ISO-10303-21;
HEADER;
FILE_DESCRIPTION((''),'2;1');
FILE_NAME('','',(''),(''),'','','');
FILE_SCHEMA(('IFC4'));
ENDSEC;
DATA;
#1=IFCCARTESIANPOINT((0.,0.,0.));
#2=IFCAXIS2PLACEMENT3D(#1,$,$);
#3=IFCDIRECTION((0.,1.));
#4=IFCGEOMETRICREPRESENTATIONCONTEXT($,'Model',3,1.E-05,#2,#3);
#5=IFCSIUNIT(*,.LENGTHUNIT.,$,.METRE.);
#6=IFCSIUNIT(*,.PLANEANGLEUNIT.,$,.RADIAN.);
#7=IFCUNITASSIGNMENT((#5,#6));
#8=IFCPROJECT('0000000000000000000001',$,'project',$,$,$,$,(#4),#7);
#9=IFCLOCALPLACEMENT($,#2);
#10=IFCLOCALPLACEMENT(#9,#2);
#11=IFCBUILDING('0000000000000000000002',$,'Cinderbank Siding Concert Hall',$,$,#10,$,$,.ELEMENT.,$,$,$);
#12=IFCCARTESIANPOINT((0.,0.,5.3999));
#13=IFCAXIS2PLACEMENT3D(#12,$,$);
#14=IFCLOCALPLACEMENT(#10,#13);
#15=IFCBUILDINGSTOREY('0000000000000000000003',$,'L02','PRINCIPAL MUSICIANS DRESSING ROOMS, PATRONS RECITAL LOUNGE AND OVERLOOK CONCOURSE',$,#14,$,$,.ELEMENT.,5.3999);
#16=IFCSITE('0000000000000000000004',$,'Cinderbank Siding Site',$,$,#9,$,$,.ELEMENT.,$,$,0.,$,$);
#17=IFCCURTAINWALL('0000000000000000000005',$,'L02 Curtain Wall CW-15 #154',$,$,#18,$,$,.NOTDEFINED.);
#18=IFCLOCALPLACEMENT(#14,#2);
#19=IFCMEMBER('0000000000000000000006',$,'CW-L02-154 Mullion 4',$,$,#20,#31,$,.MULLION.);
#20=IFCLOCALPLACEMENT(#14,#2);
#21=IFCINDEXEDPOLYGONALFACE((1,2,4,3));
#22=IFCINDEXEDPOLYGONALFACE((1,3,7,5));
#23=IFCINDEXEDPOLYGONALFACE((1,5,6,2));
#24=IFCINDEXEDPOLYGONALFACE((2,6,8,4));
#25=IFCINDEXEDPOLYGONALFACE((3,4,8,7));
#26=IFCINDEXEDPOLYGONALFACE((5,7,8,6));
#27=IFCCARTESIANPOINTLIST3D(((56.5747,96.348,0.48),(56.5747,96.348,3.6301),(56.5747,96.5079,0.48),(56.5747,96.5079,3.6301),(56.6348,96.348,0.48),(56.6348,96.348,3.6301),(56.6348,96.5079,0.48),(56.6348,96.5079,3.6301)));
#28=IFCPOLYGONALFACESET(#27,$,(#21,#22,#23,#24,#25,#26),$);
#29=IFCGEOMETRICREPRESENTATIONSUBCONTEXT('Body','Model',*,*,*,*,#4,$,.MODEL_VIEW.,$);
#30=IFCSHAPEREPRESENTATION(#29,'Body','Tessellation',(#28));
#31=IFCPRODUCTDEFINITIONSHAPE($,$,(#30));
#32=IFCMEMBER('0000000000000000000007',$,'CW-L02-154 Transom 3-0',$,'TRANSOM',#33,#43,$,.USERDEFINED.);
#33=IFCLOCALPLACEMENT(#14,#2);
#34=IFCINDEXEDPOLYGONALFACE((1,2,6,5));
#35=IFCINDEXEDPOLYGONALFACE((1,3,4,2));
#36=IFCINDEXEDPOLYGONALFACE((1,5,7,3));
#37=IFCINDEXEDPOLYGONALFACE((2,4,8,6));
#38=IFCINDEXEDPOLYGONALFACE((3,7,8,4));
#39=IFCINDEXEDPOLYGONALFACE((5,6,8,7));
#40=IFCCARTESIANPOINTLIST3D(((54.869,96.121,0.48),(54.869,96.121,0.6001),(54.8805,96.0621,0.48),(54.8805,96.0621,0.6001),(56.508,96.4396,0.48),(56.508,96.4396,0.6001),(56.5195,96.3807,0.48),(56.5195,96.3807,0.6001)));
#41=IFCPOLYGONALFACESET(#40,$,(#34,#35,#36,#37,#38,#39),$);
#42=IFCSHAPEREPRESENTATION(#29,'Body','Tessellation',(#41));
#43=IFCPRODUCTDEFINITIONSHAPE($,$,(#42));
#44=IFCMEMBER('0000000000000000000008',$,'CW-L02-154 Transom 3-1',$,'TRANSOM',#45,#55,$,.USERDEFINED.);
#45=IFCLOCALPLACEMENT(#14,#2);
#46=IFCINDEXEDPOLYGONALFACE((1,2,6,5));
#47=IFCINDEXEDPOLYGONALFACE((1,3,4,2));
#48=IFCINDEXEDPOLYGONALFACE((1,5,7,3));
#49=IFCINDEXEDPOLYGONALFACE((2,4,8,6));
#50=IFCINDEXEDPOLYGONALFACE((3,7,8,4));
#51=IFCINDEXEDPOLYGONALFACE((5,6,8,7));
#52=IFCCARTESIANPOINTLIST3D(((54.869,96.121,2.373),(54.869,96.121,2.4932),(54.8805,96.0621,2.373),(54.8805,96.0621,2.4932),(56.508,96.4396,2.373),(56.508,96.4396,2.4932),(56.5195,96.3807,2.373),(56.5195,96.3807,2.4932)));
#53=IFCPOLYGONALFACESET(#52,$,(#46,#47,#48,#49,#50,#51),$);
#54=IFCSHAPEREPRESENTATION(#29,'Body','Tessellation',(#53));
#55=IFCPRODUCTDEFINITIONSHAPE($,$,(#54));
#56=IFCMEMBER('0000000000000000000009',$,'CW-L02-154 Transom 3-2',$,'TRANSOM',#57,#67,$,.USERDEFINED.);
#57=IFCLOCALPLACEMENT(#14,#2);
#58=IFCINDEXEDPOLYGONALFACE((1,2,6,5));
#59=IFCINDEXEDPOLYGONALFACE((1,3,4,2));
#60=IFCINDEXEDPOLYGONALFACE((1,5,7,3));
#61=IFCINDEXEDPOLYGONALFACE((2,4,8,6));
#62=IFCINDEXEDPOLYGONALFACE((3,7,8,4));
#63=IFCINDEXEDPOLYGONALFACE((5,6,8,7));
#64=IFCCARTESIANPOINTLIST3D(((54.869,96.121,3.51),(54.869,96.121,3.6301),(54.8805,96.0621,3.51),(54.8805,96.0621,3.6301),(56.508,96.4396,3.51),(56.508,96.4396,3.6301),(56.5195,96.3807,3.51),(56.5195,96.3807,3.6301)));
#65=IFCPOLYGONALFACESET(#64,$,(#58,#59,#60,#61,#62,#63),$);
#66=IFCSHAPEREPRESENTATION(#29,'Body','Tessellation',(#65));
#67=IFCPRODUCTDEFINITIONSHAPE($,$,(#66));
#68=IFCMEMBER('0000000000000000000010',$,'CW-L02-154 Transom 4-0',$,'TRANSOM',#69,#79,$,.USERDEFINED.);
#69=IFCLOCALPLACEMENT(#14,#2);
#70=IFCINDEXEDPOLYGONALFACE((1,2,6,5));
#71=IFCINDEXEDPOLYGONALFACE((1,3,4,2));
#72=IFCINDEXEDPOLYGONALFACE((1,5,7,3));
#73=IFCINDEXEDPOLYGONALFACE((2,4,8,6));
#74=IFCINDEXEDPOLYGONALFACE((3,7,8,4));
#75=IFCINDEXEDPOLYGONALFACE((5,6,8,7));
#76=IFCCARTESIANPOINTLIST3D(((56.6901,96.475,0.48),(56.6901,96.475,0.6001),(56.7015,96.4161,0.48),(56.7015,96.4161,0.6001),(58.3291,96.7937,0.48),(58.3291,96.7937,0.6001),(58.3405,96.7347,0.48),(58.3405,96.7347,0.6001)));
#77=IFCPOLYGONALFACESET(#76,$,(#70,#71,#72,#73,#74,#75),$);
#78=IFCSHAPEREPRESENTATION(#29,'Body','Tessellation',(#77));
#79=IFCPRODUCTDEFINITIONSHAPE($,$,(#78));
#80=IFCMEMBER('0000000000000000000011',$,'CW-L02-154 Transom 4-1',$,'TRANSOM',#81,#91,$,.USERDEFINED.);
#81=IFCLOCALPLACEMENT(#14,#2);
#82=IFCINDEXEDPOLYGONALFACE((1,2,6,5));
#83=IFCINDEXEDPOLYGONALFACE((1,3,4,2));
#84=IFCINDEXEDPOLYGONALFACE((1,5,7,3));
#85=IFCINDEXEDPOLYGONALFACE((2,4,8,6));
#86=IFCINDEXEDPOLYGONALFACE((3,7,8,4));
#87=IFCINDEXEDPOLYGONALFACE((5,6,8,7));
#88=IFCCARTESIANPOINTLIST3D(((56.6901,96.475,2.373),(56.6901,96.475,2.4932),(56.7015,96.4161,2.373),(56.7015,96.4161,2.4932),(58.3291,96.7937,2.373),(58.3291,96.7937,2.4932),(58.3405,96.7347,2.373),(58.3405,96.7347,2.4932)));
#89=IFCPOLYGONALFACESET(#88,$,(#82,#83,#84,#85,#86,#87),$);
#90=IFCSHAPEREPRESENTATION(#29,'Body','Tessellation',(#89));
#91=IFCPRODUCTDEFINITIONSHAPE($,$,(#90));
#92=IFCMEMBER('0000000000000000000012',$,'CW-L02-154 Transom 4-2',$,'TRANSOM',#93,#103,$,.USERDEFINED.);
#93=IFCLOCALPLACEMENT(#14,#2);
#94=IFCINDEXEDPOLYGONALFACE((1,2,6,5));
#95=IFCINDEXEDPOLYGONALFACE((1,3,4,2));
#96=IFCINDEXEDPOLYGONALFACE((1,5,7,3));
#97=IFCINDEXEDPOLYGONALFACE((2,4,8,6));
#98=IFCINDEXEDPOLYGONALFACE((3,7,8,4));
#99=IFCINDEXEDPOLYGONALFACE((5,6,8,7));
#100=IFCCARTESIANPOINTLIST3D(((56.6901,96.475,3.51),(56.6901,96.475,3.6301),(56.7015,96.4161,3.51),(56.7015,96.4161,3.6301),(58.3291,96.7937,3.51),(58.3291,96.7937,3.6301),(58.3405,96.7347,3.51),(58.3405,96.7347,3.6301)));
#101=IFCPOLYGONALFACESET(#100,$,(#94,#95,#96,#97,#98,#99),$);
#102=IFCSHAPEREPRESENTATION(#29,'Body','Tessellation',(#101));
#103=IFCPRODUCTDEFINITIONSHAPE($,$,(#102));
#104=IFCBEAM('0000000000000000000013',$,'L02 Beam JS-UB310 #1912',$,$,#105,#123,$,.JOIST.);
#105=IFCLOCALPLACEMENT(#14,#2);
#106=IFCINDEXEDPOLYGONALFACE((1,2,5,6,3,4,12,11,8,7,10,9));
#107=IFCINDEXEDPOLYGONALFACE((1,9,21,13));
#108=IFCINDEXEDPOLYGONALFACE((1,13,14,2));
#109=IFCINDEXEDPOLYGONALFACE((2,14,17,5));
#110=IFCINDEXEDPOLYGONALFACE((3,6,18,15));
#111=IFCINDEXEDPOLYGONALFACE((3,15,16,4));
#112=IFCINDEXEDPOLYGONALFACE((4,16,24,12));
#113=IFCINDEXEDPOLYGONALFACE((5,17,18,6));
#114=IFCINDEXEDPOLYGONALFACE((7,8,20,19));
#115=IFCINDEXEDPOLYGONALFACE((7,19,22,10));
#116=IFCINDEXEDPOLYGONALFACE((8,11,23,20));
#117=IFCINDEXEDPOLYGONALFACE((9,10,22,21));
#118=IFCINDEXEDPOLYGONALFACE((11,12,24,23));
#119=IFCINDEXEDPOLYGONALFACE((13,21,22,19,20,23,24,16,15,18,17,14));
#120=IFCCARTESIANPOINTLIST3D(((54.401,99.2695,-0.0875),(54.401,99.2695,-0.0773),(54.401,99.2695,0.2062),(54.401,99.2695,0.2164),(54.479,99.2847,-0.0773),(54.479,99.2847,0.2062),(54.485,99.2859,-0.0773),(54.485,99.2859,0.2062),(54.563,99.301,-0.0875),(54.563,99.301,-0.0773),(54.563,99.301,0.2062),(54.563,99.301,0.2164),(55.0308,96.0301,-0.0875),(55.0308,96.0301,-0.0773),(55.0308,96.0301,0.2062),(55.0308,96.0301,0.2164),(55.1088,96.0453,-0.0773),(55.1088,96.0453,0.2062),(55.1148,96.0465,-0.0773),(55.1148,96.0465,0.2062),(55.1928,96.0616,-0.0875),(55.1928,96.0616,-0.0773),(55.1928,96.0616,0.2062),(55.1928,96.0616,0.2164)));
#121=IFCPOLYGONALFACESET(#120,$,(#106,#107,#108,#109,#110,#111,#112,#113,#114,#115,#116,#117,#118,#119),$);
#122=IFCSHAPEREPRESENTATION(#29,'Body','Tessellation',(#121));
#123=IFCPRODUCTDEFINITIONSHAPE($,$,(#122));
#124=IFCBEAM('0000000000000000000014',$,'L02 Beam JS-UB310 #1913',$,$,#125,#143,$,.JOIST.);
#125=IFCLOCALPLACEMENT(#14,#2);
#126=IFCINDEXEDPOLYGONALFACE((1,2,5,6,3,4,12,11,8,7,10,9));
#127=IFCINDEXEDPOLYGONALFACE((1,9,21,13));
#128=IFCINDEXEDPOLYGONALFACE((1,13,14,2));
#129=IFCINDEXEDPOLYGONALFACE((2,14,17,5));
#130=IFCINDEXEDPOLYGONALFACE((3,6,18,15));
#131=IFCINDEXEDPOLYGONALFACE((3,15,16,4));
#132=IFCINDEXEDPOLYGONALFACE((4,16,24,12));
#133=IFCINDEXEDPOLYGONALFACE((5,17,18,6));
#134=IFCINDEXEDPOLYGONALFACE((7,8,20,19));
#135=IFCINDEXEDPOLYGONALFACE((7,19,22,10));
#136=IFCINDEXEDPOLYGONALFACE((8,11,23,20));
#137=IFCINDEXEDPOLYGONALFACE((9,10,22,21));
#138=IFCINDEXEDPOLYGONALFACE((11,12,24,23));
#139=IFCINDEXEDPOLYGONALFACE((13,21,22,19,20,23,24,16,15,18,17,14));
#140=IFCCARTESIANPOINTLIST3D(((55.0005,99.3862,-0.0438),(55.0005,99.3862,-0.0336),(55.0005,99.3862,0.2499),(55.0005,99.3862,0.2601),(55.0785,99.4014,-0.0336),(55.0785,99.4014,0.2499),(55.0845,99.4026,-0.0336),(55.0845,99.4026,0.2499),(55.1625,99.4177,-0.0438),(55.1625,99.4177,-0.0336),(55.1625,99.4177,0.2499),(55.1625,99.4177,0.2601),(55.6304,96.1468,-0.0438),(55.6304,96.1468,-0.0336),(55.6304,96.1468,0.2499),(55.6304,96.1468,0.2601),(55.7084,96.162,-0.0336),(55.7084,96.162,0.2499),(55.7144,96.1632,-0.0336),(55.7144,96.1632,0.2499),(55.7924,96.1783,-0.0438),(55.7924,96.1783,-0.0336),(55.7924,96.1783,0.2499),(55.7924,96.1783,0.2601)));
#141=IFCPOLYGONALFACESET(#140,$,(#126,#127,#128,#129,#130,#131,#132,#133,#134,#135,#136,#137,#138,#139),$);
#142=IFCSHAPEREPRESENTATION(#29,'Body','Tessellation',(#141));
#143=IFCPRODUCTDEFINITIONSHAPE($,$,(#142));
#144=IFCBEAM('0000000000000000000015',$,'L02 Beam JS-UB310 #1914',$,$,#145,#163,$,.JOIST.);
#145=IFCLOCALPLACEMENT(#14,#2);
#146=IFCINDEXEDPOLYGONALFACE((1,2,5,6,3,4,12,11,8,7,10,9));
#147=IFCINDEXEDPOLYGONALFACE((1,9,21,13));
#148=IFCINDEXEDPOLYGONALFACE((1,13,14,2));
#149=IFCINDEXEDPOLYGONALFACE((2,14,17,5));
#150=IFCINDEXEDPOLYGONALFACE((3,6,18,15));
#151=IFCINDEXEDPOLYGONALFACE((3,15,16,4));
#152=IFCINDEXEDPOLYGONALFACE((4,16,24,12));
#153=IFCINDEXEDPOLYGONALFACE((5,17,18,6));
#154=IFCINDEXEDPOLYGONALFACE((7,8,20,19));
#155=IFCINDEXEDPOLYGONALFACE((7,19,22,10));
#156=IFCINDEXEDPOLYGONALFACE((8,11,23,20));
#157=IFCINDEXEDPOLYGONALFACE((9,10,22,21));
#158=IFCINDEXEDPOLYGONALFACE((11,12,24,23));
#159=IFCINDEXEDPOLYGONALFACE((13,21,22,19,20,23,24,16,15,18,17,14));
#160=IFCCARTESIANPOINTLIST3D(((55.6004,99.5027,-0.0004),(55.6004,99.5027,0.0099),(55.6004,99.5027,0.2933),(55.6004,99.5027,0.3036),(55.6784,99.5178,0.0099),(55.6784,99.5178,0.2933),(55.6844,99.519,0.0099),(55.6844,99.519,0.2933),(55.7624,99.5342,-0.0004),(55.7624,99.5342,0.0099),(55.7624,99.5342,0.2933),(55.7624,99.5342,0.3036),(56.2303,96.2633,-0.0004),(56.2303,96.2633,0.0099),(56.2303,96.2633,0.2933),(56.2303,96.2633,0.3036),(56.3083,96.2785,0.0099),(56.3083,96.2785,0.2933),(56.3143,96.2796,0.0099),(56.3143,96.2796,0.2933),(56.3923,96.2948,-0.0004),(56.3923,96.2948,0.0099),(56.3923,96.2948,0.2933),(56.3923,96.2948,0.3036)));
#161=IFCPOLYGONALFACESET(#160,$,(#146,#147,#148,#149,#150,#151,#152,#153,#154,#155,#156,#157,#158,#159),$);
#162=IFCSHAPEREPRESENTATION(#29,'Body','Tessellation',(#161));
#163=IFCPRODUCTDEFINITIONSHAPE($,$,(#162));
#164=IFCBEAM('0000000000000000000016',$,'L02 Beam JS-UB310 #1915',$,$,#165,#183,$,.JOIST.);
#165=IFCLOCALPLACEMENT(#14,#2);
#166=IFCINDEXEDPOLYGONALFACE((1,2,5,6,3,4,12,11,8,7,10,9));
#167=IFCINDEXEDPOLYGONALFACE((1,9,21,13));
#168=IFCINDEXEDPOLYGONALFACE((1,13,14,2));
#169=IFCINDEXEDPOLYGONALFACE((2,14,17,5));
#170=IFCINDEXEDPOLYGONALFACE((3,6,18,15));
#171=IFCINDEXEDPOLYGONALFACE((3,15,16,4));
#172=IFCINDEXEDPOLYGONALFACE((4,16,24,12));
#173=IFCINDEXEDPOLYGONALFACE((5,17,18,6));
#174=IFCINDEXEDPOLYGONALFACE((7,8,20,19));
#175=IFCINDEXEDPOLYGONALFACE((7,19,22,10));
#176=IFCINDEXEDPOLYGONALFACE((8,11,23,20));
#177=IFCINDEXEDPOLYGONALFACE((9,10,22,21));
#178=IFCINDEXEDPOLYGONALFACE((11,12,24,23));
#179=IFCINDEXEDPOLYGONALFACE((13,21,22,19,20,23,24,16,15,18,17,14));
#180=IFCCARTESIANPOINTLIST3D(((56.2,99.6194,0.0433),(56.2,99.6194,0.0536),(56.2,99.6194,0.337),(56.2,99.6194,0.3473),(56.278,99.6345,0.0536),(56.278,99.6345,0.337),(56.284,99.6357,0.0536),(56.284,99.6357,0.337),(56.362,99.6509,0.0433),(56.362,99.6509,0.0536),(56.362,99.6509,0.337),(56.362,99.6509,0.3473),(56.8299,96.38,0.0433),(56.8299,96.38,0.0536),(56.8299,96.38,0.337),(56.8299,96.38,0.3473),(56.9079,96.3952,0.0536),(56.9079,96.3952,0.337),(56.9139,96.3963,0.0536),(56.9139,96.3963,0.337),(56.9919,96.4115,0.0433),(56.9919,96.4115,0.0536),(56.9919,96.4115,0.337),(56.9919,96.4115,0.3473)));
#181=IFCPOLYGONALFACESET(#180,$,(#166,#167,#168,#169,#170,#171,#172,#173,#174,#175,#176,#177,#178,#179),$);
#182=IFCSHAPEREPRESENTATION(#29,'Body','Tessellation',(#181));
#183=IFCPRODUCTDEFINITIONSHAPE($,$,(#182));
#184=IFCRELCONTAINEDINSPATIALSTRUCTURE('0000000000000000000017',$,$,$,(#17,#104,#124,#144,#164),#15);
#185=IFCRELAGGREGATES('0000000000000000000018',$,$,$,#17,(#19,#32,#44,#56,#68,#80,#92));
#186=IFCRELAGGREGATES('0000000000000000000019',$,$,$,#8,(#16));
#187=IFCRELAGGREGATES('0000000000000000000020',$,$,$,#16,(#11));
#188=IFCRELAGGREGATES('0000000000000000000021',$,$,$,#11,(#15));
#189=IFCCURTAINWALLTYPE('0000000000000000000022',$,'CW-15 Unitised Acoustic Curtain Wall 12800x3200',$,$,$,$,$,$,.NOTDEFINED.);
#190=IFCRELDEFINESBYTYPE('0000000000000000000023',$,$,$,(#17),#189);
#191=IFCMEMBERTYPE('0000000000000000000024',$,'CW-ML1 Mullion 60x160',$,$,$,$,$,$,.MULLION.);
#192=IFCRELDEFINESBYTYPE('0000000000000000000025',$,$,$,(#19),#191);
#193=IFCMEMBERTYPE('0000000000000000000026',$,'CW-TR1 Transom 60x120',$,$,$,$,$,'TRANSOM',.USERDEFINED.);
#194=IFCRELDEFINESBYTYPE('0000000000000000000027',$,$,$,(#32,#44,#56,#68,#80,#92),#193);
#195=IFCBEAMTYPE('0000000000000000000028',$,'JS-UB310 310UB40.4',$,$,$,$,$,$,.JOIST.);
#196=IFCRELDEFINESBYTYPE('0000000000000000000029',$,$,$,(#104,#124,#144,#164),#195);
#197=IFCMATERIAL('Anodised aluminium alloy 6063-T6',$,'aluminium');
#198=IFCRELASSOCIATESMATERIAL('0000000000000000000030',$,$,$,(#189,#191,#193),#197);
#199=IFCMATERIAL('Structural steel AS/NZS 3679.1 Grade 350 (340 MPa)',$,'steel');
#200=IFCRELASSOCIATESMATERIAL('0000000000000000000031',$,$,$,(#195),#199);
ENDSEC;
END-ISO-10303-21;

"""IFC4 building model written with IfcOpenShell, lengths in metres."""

from ifc_helpers import new_model, si_unit, direction, frame, origin, origin_2d, place, context, subcontext, project, spatial, rectangle, i_section, extrude, material, material_profile, profile_set, type_object, element, aggregate, save


model = new_model("IFC4")

# Units and contexts
model_context = context("Model", 3, precision=1e-05, world=origin(), true_north=direction((0.0, 1.0)))
body_context = subcontext(model_context, "Body", "Model", "MODEL_VIEW")
ifc_project = project(units=[si_unit("LENGTHUNIT", "METRE"), si_unit("PLANEANGLEUNIT", "RADIAN")], contexts=[model_context])

# Site, building, storey
site_placement = place(None, origin())
site = spatial("IfcSite", under=ifc_project, at=site_placement, Name="Cinderbank Siding Site", CompositionType="ELEMENT", RefElevation=0.0)
building_placement = place(site_placement, origin())
building = spatial("IfcBuilding", under=site, at=building_placement, Name="Cinderbank Siding Concert Hall", CompositionType="ELEMENT")
storey_placement = place(building_placement, frame((0.0, 0.0, 5.3999)))
storey = spatial("IfcBuildingStorey", under=building, at=storey_placement, Name="L02", Description="PRINCIPAL MUSICIANS DRESSING ROOMS, PATRONS RECITAL LOUNGE AND OVERLOOK CONCOURSE", CompositionType="ELEMENT", Elevation=5.3999)

# Curtain wall, members
ifc_material_1 = material(Name="Anodised aluminium alloy 6063-T6", Category="aluminium")
curtain_wall_type = type_object("IfcCurtainWallType", Name="CW-15 Unitised Acoustic Curtain Wall 12800x3200", PredefinedType="NOTDEFINED", material=ifc_material_1)
curtain_wall_placement = place(storey_placement, origin())
curtain_wall = element("IfcCurtainWall", 1, at=curtain_wall_placement, inside=storey, type_object=curtain_wall_type, Name="L02 Curtain Wall CW-15 #154", PredefinedType="NOTDEFINED")
ifc_material_profile_1 = material_profile(ifc_material_1, rectangle(XDim=0.0601, YDim=0.1599, at=origin_2d()), Name="ALU-MULL-60x160", Category="LoadBearing")
ifc_profile_set_1 = profile_set([ifc_material_profile_1], Name="Anodised aluminium alloy 6063-T6")
member_type_1 = type_object("IfcMemberType", Name="CW-ML1 Mullion 60x160", PredefinedType="MULLION", material=ifc_profile_set_1)
member_1_placement = place(storey_placement, frame((56.6047, 96.428, 0.48), z_axis=(0.0, 0.0, 1.0), x_axis=(1.0, 0.0, 0.0)))
member_1 = element("IfcMember", 2, at=member_1_placement, type_object=member_type_1, Name="CW-L02-154 Mullion 4", PredefinedType="MULLION", context=body_context, shape_type="SweptSolid", body=[
    extrude(rectangle(XDim=0.0601, YDim=0.1599, at=origin_2d()), origin(), (0.0, 0.0, 1.0), 3.1501),
])
ifc_material_profile_2 = material_profile(ifc_material_1, rectangle(XDim=0.0601, YDim=0.1201, at=origin_2d()), Name="ALU-TRAN-60x120", Category="LoadBearing")
ifc_profile_set_2 = profile_set([ifc_material_profile_2], Name="Anodised aluminium alloy 6063-T6")
member_type_2 = type_object("IfcMemberType", Name="CW-TR1 Transom 60x120", ElementType="TRANSOM", PredefinedType="USERDEFINED", material=ifc_profile_set_2)
member_2_placement = place(storey_placement, frame((54.8748, 96.0916, 0.54), z_axis=(0.981624, 0.190827, 0.0), x_axis=(-0.190827, 0.981624, 0.0)))
member_2 = element("IfcMember", 3, at=member_2_placement, type_object=member_type_2, Name="CW-L02-154 Transom 3-0", ObjectType="TRANSOM", PredefinedType="USERDEFINED", context=body_context, shape_type="SweptSolid", body=[
    extrude(rectangle(XDim=0.0601, YDim=0.1201, at=origin_2d()), origin(), (0.0, 0.0, 1.0), 1.6697),
])
member_3_placement = place(storey_placement, frame((54.8748, 96.0916, 2.4331), z_axis=(0.981624, 0.190827, 0.0), x_axis=(-0.190827, 0.981624, 0.0)))
member_3 = element("IfcMember", 4, at=member_3_placement, type_object=member_type_2, Name="CW-L02-154 Transom 3-1", ObjectType="TRANSOM", PredefinedType="USERDEFINED", context=body_context, shape_type="SweptSolid", body=[
    extrude(rectangle(XDim=0.0601, YDim=0.1201, at=origin_2d()), origin(), (0.0, 0.0, 1.0), 1.6697),
])
member_4_placement = place(storey_placement, frame((54.8748, 96.0916, 3.5701), z_axis=(0.981624, 0.190827, 0.0), x_axis=(-0.190827, 0.981624, 0.0)))
member_4 = element("IfcMember", 5, at=member_4_placement, type_object=member_type_2, Name="CW-L02-154 Transom 3-2", ObjectType="TRANSOM", PredefinedType="USERDEFINED", context=body_context, shape_type="SweptSolid", body=[
    extrude(rectangle(XDim=0.0601, YDim=0.1201, at=origin_2d()), origin(), (0.0, 0.0, 1.0), 1.6697),
])
member_5_placement = place(storey_placement, frame((56.6958, 96.4456, 0.54), z_axis=(0.981624, 0.190827, 0.0), x_axis=(-0.190827, 0.981624, 0.0)))
member_5 = element("IfcMember", 6, at=member_5_placement, type_object=member_type_2, Name="CW-L02-154 Transom 4-0", ObjectType="TRANSOM", PredefinedType="USERDEFINED", context=body_context, shape_type="SweptSolid", body=[
    extrude(rectangle(XDim=0.0601, YDim=0.1201, at=origin_2d()), origin(), (0.0, 0.0, 1.0), 1.6697),
])
member_6_placement = place(storey_placement, frame((56.6958, 96.4456, 2.4331), z_axis=(0.981624, 0.190827, 0.0), x_axis=(-0.190827, 0.981624, 0.0)))
member_6 = element("IfcMember", 7, at=member_6_placement, type_object=member_type_2, Name="CW-L02-154 Transom 4-1", ObjectType="TRANSOM", PredefinedType="USERDEFINED", context=body_context, shape_type="SweptSolid", body=[
    extrude(rectangle(XDim=0.0601, YDim=0.1201, at=origin_2d()), origin(), (0.0, 0.0, 1.0), 1.6697),
])
member_7_placement = place(storey_placement, frame((56.6958, 96.4456, 3.5701), z_axis=(0.981624, 0.190827, 0.0), x_axis=(-0.190827, 0.981624, 0.0)))
member_7 = element("IfcMember", 8, at=member_7_placement, type_object=member_type_2, Name="CW-L02-154 Transom 4-2", ObjectType="TRANSOM", PredefinedType="USERDEFINED", context=body_context, shape_type="SweptSolid", body=[
    extrude(rectangle(XDim=0.0601, YDim=0.1201, at=origin_2d()), origin(), (0.0, 0.0, 1.0), 1.6697),
])

# Beams
ifc_material_2 = material(Name="Structural steel AS/NZS 3679.1 Grade 350 (340 MPa)", Category="steel")
ifc_material_profile_3 = material_profile(ifc_material_2, i_section(OverallWidth=0.165, OverallDepth=0.304, WebThickness=0.0061, FlangeThickness=0.0103, at=origin_2d()), Name="310UB40.4", Category="LoadBearing")
ifc_profile_set_3 = profile_set([ifc_material_profile_3], Name="Structural steel AS/NZS 3679.1 Grade 350 (340 MPa)")
beam_type = type_object("IfcBeamType", Name="JS-UB310 310UB40.4", PredefinedType="JOIST", material=ifc_profile_set_3)
for number, where, z_axis, x_axis, name in (
    (9, (55.1118, 96.0459, 0.0645), (-0.190864, 0.981617, 0.0), (-0.981617, -0.190864, 0.0), "L02 Beam JS-UB310 #1912"),
    (10, (55.7114, 96.1626, 0.1082), (-0.190878, 0.981614, 0.0), (-0.981614, -0.190878, 0.0), "L02 Beam JS-UB310 #1913"),
    (11, (56.3113, 96.2791, 0.1516), (-0.190878, 0.981614, 0.0), (-0.981614, -0.190878, 0.0), "L02 Beam JS-UB310 #1914"),
    (12, (56.9109, 96.3958, 0.1953), (-0.190878, 0.981614, 0.0), (-0.981614, -0.190878, 0.0), "L02 Beam JS-UB310 #1915"),
):
    element("IfcBeam", number, at=place(storey_placement, frame(where, z_axis=z_axis, x_axis=x_axis)), inside=storey, type_object=beam_type, Name=name, PredefinedType="JOIST", context=body_context, shape_type="SweptSolid", body=[
        extrude(i_section(OverallWidth=0.165, OverallDepth=0.304, WebThickness=0.0061, FlangeThickness=0.0103, at=origin_2d()), origin(), (0.0, 0.0, 1.0), 3.3),
    ])

aggregate(curtain_wall, [member_1, member_2, member_3, member_4, member_5, member_6, member_7])

save(model, "model.ifc")
